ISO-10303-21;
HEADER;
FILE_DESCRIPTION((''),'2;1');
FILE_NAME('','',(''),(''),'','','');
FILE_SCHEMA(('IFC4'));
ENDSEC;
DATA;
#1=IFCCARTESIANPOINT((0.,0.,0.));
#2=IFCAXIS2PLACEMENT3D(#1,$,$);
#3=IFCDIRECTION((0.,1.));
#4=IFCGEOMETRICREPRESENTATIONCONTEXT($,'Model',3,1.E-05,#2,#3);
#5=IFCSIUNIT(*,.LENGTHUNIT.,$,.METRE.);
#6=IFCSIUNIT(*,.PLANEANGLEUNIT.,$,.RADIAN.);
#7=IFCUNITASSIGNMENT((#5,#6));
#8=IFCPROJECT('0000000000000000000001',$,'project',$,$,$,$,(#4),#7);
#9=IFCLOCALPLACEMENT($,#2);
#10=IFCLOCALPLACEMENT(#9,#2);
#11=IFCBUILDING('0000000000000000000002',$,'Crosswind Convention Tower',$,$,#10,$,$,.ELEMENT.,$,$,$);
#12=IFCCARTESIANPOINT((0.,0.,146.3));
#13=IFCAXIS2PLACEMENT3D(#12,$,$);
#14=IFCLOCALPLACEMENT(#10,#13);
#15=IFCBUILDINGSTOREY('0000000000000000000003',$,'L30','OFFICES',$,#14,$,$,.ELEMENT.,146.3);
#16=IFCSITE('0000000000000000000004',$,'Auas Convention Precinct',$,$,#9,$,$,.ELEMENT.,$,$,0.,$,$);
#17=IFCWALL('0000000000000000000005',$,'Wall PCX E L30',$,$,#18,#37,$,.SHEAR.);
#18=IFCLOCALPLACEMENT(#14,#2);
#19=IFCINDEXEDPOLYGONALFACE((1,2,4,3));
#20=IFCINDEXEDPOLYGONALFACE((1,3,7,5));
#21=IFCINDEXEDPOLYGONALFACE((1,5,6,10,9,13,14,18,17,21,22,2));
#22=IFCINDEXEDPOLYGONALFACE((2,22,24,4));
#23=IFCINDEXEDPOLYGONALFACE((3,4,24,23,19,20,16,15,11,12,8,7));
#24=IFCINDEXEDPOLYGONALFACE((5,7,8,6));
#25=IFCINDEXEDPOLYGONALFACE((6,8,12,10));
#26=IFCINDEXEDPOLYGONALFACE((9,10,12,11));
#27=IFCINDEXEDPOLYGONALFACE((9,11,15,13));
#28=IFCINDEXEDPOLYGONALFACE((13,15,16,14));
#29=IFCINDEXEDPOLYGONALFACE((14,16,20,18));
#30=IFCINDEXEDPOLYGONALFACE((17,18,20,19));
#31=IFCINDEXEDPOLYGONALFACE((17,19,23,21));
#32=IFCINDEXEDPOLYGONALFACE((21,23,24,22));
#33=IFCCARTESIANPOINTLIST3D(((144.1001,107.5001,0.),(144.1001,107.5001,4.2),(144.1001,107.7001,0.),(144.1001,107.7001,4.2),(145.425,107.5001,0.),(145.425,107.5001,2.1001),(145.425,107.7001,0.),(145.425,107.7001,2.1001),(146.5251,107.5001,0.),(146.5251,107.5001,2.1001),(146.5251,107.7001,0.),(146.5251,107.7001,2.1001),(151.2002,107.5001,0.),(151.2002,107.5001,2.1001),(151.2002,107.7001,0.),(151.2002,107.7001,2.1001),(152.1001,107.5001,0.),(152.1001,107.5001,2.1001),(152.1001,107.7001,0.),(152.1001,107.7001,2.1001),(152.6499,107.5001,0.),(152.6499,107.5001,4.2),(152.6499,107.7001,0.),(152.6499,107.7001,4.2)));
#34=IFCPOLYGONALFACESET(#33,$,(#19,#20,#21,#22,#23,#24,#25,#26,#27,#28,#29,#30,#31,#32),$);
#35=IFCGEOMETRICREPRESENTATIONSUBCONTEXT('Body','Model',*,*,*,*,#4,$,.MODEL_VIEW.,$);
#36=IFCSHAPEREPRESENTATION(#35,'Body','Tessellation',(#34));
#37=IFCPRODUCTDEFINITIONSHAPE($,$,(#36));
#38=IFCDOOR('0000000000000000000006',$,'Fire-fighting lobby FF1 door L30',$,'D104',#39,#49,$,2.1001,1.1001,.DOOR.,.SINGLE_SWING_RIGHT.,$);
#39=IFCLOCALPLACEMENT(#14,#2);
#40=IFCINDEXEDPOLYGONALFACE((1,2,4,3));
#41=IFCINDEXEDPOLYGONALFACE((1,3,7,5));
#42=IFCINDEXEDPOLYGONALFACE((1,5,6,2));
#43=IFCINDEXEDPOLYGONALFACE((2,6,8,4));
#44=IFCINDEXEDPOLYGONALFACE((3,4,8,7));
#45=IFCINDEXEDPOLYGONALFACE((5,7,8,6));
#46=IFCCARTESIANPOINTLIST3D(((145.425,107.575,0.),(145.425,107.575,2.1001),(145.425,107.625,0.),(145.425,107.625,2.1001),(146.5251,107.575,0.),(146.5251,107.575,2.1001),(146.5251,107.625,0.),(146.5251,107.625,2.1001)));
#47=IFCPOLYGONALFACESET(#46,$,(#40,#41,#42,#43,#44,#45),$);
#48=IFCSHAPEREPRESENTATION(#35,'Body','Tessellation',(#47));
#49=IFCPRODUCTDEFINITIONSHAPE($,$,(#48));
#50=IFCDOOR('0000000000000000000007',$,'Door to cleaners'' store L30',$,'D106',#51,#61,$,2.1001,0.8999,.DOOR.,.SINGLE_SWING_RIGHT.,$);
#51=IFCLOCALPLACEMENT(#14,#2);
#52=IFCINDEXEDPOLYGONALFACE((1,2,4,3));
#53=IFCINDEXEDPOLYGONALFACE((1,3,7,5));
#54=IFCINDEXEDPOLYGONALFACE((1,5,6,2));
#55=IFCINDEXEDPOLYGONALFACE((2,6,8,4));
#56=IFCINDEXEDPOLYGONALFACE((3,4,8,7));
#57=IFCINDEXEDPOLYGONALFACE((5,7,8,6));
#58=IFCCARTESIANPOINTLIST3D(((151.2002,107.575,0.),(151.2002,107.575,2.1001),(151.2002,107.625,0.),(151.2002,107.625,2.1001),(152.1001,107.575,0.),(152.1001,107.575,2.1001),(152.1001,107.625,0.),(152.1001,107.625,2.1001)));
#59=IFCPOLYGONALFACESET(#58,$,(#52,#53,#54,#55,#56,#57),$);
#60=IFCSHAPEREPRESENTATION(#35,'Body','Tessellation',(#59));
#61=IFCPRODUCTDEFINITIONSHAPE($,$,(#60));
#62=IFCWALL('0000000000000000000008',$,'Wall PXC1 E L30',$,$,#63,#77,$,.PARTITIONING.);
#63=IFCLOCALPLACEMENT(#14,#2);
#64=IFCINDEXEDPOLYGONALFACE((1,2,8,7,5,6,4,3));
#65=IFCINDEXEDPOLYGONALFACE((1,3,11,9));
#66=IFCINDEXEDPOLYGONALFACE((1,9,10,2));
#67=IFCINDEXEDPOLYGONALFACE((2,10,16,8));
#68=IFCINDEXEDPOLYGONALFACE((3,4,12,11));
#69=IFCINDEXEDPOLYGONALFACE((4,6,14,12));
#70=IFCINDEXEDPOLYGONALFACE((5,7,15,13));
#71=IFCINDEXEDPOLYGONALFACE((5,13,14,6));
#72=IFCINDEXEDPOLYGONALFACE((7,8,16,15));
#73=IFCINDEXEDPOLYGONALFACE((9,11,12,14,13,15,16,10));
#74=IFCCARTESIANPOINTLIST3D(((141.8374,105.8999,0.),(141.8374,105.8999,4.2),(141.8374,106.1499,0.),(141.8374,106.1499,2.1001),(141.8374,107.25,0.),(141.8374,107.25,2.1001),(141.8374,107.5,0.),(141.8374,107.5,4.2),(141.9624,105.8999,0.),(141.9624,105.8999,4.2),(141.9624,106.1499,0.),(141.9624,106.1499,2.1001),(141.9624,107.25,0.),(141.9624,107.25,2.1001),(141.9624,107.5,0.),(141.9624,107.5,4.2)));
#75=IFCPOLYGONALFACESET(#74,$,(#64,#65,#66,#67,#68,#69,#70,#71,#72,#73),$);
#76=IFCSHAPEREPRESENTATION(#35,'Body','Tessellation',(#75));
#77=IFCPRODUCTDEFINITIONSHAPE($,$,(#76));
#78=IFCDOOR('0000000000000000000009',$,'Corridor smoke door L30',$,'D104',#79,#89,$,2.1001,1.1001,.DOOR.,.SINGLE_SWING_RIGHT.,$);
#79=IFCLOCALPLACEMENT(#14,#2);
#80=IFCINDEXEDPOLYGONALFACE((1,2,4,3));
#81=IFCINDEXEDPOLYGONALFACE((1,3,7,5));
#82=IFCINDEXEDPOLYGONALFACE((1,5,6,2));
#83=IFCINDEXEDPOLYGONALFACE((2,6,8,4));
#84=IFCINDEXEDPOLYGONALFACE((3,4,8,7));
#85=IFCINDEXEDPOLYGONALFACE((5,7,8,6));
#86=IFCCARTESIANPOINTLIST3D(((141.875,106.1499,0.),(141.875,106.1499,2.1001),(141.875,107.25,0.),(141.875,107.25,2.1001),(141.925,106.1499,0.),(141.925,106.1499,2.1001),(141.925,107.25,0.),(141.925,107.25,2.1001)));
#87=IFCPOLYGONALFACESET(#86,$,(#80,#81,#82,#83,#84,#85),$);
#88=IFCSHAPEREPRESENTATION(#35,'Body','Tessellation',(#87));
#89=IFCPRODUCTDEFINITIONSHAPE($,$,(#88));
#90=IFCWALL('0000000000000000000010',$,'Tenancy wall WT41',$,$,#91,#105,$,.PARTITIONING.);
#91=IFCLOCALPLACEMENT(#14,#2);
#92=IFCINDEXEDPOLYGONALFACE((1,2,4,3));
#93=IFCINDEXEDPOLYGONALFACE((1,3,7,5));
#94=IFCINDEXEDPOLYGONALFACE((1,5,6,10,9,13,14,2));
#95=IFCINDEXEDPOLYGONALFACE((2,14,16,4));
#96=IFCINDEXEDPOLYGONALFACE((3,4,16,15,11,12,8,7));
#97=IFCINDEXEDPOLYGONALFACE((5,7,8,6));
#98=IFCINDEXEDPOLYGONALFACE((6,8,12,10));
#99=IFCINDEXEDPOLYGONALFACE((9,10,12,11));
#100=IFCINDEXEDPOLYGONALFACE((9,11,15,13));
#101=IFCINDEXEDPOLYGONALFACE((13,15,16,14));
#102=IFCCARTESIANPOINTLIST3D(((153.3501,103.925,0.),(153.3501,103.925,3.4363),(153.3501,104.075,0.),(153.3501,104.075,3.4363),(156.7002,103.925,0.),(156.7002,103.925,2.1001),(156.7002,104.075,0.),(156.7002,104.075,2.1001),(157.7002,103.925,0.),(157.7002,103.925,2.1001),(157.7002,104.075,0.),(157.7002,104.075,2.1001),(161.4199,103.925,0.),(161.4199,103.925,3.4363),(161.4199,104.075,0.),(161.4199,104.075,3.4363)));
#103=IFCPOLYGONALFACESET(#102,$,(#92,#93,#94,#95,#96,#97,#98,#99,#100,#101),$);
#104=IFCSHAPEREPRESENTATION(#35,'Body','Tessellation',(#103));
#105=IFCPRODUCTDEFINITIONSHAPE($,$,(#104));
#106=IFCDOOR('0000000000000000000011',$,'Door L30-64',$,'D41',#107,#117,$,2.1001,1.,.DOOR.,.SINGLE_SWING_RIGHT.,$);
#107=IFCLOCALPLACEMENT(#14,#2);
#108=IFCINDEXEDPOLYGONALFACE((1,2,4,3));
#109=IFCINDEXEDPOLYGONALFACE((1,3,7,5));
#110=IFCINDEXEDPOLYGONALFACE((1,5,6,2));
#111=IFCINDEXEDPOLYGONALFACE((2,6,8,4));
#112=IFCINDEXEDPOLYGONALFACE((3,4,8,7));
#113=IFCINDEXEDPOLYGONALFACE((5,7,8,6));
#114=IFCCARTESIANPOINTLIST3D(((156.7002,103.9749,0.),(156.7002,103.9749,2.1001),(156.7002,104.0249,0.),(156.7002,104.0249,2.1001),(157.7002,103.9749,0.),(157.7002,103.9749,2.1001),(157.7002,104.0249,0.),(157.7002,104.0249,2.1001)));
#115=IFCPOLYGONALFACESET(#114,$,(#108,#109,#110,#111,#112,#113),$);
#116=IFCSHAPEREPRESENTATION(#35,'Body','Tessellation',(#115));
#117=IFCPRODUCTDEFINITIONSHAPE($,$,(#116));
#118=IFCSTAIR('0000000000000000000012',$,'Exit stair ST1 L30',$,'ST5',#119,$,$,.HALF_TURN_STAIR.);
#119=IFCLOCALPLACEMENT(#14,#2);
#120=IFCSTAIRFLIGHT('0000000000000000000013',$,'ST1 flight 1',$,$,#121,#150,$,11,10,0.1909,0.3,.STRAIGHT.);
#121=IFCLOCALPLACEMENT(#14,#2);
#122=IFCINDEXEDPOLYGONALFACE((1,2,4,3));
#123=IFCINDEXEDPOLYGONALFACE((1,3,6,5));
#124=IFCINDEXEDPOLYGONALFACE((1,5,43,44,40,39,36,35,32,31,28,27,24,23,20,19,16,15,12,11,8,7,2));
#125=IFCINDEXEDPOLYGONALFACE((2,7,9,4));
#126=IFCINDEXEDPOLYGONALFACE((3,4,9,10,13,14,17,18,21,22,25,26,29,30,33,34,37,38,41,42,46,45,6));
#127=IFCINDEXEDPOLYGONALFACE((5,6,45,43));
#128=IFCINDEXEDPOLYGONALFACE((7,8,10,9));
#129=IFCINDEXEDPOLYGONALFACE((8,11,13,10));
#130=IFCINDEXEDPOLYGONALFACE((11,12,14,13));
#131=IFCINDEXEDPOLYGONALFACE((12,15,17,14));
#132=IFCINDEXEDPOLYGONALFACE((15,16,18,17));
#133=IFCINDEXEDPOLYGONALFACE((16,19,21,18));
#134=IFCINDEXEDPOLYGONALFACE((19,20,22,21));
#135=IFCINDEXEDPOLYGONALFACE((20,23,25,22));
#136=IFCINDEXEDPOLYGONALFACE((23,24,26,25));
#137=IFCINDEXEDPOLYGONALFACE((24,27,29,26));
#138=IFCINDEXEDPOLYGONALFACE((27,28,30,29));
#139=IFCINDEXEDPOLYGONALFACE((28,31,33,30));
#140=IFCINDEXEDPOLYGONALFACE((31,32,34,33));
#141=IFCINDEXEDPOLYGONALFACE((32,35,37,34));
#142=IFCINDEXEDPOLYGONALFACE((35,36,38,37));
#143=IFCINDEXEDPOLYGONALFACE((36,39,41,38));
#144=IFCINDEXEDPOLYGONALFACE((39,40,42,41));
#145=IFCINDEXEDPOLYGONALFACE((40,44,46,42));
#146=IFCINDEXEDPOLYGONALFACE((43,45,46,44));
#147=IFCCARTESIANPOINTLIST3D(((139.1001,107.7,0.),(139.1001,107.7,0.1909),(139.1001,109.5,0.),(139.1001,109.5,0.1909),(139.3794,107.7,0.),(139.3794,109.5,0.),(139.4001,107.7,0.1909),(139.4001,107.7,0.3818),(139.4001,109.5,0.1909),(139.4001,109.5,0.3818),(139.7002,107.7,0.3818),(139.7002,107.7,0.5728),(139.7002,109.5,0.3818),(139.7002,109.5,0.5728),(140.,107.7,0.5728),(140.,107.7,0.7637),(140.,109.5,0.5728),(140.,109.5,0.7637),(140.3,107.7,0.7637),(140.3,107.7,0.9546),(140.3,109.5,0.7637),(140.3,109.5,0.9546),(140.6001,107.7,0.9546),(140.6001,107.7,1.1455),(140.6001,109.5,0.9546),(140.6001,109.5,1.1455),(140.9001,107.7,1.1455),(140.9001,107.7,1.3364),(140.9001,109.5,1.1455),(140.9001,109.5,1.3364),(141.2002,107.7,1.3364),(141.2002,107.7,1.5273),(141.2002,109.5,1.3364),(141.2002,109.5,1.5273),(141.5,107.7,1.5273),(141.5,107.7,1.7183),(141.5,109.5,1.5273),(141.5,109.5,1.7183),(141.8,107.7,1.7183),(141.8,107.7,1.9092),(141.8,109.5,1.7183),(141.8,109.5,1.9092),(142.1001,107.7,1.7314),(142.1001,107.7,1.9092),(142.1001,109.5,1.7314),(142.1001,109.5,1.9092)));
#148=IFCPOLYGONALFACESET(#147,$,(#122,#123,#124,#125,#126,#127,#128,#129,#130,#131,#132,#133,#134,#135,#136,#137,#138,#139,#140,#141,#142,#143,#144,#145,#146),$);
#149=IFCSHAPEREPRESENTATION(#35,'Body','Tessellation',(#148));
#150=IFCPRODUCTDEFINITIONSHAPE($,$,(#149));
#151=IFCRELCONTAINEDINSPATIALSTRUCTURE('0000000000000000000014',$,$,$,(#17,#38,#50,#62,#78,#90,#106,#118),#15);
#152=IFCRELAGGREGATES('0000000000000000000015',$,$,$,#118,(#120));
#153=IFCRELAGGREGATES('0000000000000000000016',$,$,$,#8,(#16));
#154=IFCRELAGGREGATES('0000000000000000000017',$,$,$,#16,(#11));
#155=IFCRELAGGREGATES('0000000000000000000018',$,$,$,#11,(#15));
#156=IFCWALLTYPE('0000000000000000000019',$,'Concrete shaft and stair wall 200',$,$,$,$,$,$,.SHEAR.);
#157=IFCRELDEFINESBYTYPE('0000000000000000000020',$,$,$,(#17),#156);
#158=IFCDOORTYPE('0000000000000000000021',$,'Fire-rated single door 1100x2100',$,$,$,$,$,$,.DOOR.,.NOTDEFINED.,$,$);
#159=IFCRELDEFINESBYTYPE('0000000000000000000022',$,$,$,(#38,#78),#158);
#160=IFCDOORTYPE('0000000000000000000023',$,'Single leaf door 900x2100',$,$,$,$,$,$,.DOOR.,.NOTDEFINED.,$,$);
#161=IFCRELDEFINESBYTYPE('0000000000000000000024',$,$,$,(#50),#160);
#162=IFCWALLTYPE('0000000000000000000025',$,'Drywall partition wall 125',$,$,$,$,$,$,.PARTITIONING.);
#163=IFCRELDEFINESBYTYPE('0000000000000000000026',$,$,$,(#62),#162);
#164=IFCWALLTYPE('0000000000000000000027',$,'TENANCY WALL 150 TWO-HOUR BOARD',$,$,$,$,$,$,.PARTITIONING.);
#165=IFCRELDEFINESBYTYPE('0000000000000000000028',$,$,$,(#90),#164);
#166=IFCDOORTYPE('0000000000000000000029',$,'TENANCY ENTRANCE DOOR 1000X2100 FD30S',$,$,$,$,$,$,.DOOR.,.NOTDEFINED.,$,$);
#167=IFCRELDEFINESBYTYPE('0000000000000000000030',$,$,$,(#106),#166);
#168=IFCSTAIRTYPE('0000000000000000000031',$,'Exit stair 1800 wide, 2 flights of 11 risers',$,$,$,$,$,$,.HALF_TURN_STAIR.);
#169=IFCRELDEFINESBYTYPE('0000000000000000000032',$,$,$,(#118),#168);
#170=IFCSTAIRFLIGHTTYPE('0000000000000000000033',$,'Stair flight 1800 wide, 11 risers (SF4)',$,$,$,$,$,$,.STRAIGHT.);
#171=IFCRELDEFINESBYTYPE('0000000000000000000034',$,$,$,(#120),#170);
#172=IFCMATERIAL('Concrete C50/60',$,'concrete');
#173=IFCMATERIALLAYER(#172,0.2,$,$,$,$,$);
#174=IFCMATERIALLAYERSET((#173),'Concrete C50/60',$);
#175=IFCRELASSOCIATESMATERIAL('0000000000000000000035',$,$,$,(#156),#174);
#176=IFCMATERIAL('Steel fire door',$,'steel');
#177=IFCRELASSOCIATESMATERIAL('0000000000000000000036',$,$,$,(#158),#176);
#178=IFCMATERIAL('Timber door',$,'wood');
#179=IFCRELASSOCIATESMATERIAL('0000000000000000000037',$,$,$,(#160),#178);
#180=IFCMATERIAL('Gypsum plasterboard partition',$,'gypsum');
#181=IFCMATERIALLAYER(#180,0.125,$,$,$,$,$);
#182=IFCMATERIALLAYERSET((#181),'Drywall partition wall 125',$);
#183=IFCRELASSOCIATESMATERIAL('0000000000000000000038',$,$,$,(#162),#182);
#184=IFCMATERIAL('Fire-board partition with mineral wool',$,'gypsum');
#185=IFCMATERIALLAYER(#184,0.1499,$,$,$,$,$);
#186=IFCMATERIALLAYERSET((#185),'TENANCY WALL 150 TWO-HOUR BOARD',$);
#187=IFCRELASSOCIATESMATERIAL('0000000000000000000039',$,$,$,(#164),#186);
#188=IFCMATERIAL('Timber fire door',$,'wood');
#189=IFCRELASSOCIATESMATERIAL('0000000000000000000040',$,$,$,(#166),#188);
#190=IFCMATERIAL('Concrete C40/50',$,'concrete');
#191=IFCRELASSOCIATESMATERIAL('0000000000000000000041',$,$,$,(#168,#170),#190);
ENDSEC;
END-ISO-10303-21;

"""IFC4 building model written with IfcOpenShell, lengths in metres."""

from ifc_helpers import new_model, si_unit, direction, frame, frame_2d, origin, place, context, subcontext, project, spatial, polyline, rectangle, outline, extrude, material, layer, layer_set, type_object, element, fill, aggregate, save


model = new_model("IFC4")

# Units and contexts
model_context = context("Model", 3, precision=1e-05, world=origin(), true_north=direction((0.0, 1.0)))
body_context = subcontext(model_context, "Body", "Model", "MODEL_VIEW")
ifc_project = project(units=[si_unit("LENGTHUNIT", "METRE"), si_unit("PLANEANGLEUNIT", "RADIAN")], contexts=[model_context])

# Site, building, storey
site_placement = place(None, origin())
site = spatial("IfcSite", under=ifc_project, at=site_placement, Name="Auas Convention Precinct", CompositionType="ELEMENT", RefElevation=0.0)
building_placement = place(site_placement, origin())
building = spatial("IfcBuilding", under=site, at=building_placement, Name="Crosswind Convention Tower", CompositionType="ELEMENT")
storey_placement = place(building_placement, frame((0.0, 0.0, 146.3)))
storey = spatial("IfcBuildingStorey", under=building, at=storey_placement, Name="L30", Description="OFFICES", CompositionType="ELEMENT", Elevation=146.3)

# Shared definitions
ifc_material_1 = material(Name="Concrete C50/60", Category="concrete")
ifc_layer_1 = layer(ifc_material_1, 0.2)
ifc_layer_set_1 = layer_set([ifc_layer_1], Name="Concrete C50/60")
wall_type_1 = type_object("IfcWallType", Name="Concrete shaft and stair wall 200", PredefinedType="SHEAR", material=ifc_layer_set_1)

# Wall, openings, doors
wall_1_placement = place(storey_placement, frame((144.1001, 107.6001, 0.0), z_axis=(0.0, 0.0, 1.0), x_axis=(1.0, 0.0, 0.0)))
wall_1 = element("IfcWall", 1, at=wall_1_placement, inside=storey, type_object=wall_type_1, Name="Wall PCX E L30", PredefinedType="SHEAR", context=body_context, shape_type="SweptSolid", body=[
    extrude(rectangle(XDim=8.5498, YDim=0.2, at=frame_2d((4.2749, 0.0))), origin(), (0.0, 0.0, 1.0), 4.2),
])
opening_1_placement = place(wall_1_placement, frame((1.325, 0.0, 0.0)))
opening_1 = element("IfcOpeningElement", 2, at=opening_1_placement, cuts=wall_1, PredefinedType="OPENING", context=body_context, shape_type="SweptSolid", body=[
    extrude(rectangle(XDim=1.1001, YDim=2.1001, at=frame_2d((0.55, 1.05))), frame((0.0, 0.1099, 0.0), z_axis=(0.0, -1.0, 0.0), x_axis=(1.0, 0.0, 0.0)), (0.0, 0.0, 1.0), 0.22),
])
opening_2_placement = place(wall_1_placement, frame((7.1001, 0.0, 0.0)))
opening_2 = element("IfcOpeningElement", 3, at=opening_2_placement, cuts=wall_1, PredefinedType="OPENING", context=body_context, shape_type="SweptSolid", body=[
    extrude(rectangle(XDim=0.8999, YDim=2.1001, at=frame_2d((0.45, 1.05))), frame((0.0, 0.1099, 0.0), z_axis=(0.0, -1.0, 0.0), x_axis=(1.0, 0.0, 0.0)), (0.0, 0.0, 1.0), 0.22),
])
ifc_material_2 = material(Name="Steel fire door", Category="steel")
door_type_1 = type_object("IfcDoorType", Name="Fire-rated single door 1100x2100", OperationType="NOTDEFINED", PredefinedType="DOOR", material=ifc_material_2)
door_1_placement = place(opening_1_placement, origin())
door_1 = element("IfcDoor", 4, at=door_1_placement, inside=storey, type_object=door_type_1, Name="Fire-fighting lobby FF1 door L30", ObjectType="D104", OperationType="SINGLE_SWING_RIGHT", OverallHeight=2.1001, OverallWidth=1.1001, PredefinedType="DOOR", context=body_context, shape_type="SweptSolid", body=[
    extrude(rectangle(XDim=1.1001, YDim=2.1001, at=frame_2d((0.55, 1.05))), frame((0.0, 0.0249, 0.0), z_axis=(0.0, -1.0, 0.0), x_axis=(1.0, 0.0, 0.0)), (0.0, 0.0, 1.0), 0.05),
])
fill(opening_1, door_1)
ifc_material_3 = material(Name="Timber door", Category="wood")
door_type_2 = type_object("IfcDoorType", Name="Single leaf door 900x2100", OperationType="NOTDEFINED", PredefinedType="DOOR", material=ifc_material_3)
door_2_placement = place(opening_2_placement, origin())
door_2 = element("IfcDoor", 5, at=door_2_placement, inside=storey, type_object=door_type_2, Name="Door to cleaners' store L30", ObjectType="D106", OperationType="SINGLE_SWING_RIGHT", OverallHeight=2.1001, OverallWidth=0.8999, PredefinedType="DOOR", context=body_context, shape_type="SweptSolid", body=[
    extrude(rectangle(XDim=0.8999, YDim=2.1001, at=frame_2d((0.45, 1.05))), frame((0.0, 0.0249, 0.0), z_axis=(0.0, -1.0, 0.0), x_axis=(1.0, 0.0, 0.0)), (0.0, 0.0, 1.0), 0.05),
])
fill(opening_2, door_2)

# Walls, openings, doors
ifc_material_4 = material(Name="Gypsum plasterboard partition", Category="gypsum")
ifc_layer_2 = layer(ifc_material_4, 0.125)
ifc_layer_set_2 = layer_set([ifc_layer_2], Name="Drywall partition wall 125")
wall_type_2 = type_object("IfcWallType", Name="Drywall partition wall 125", PredefinedType="PARTITIONING", material=ifc_layer_set_2)
wall_2_placement = place(storey_placement, frame((141.8999, 105.8999, 0.0), z_axis=(0.0, 0.0, 1.0), x_axis=(0.0, 1.0, 0.0)))
wall_2 = element("IfcWall", 6, at=wall_2_placement, inside=storey, type_object=wall_type_2, Name="Wall PXC1 E L30", PredefinedType="PARTITIONING", context=body_context, shape_type="SweptSolid", body=[
    extrude(rectangle(XDim=1.6001, YDim=0.125, at=frame_2d((0.8, 0.0))), origin(), (0.0, 0.0, 1.0), 4.2),
])
opening_3_placement = place(wall_2_placement, frame((0.25, 0.0, 0.0)))
opening_3 = element("IfcOpeningElement", 7, at=opening_3_placement, cuts=wall_2, PredefinedType="OPENING", context=body_context, shape_type="SweptSolid", body=[
    extrude(rectangle(XDim=1.1001, YDim=2.1001, at=frame_2d((0.55, 1.05))), frame((0.0, 0.0725, 0.0), z_axis=(0.0, -1.0, 0.0), x_axis=(1.0, 0.0, 0.0)), (0.0, 0.0, 1.0), 0.145),
])
door_3_placement = place(opening_3_placement, origin())
door_3 = element("IfcDoor", 8, at=door_3_placement, inside=storey, type_object=door_type_1, Name="Corridor smoke door L30", ObjectType="D104", OperationType="SINGLE_SWING_RIGHT", OverallHeight=2.1001, OverallWidth=1.1001, PredefinedType="DOOR", context=body_context, shape_type="SweptSolid", body=[
    extrude(rectangle(XDim=1.1001, YDim=2.1001, at=frame_2d((0.55, 1.05))), frame((0.0, 0.0249, 0.0), z_axis=(0.0, -1.0, 0.0), x_axis=(1.0, 0.0, 0.0)), (0.0, 0.0, 1.0), 0.05),
])
fill(opening_3, door_3)
ifc_material_5 = material(Name="Fire-board partition with mineral wool", Category="gypsum")
ifc_layer_3 = layer(ifc_material_5, 0.1499)
ifc_layer_set_3 = layer_set([ifc_layer_3], Name="TENANCY WALL 150 TWO-HOUR BOARD")
wall_type_3 = type_object("IfcWallType", Name="TENANCY WALL 150 TWO-HOUR BOARD", PredefinedType="PARTITIONING", material=ifc_layer_set_3)
wall_3_placement = place(storey_placement, frame((153.3501, 104.0, 0.0), z_axis=(0.0, 0.0, 1.0), x_axis=(1.0, 0.0, 0.0)))
wall_3 = element("IfcWall", 9, at=wall_3_placement, inside=storey, type_object=wall_type_3, Name="Tenancy wall WT41", PredefinedType="PARTITIONING", context=body_context, shape_type="SweptSolid", body=[
    extrude(rectangle(XDim=8.0698, YDim=0.1499, at=frame_2d((4.0349, 0.0))), origin(), (0.0, 0.0, 1.0), 3.4363),
])
opening_4_placement = place(wall_3_placement, frame((3.3501, 0.0, 0.0)))
opening_4 = element("IfcOpeningElement", 10, at=opening_4_placement, cuts=wall_3, PredefinedType="OPENING", context=body_context, shape_type="SweptSolid", body=[
    extrude(rectangle(XDim=1.0, YDim=2.1001, at=frame_2d((0.5, 1.05))), frame((0.0, 0.085, 0.0), z_axis=(0.0, -1.0, 0.0), x_axis=(1.0, 0.0, 0.0)), (0.0, 0.0, 1.0), 0.1699),
])
ifc_material_6 = material(Name="Timber fire door", Category="wood")
door_type_3 = type_object("IfcDoorType", Name="TENANCY ENTRANCE DOOR 1000X2100 FD30S", OperationType="NOTDEFINED", PredefinedType="DOOR", material=ifc_material_6)
door_4_placement = place(opening_4_placement, origin())
door_4 = element("IfcDoor", 11, at=door_4_placement, inside=storey, type_object=door_type_3, Name="Door L30-64", ObjectType="D41", OperationType="SINGLE_SWING_RIGHT", OverallHeight=2.1001, OverallWidth=1.0, PredefinedType="DOOR", context=body_context, shape_type="SweptSolid", body=[
    extrude(rectangle(XDim=1.0, YDim=2.1001, at=frame_2d((0.5, 1.05))), frame((0.0, 0.0249, 0.0), z_axis=(0.0, -1.0, 0.0), x_axis=(1.0, 0.0, 0.0)), (0.0, 0.0, 1.0), 0.05),
])
fill(opening_4, door_4)

# Stair, stair flight
ifc_material_7 = material(Name="Concrete C40/50", Category="concrete")
stair_type = type_object("IfcStairType", Name="Exit stair 1800 wide, 2 flights of 11 risers", PredefinedType="HALF_TURN_STAIR", material=ifc_material_7)
stair_placement = place(storey_placement, origin())
stair = element("IfcStair", 12, at=stair_placement, inside=storey, type_object=stair_type, Name="Exit stair ST1 L30", ObjectType="ST5", PredefinedType="HALF_TURN_STAIR")
stair_flight_type = type_object("IfcStairFlightType", Name="Stair flight 1800 wide, 11 risers (SF4)", PredefinedType="STRAIGHT", material=ifc_material_7)
stair_flight_1_placement = place(storey_placement, frame((139.1001, 108.6001, 0.0), z_axis=(0.0, 0.0, 1.0), x_axis=(1.0, 0.0, 0.0)))
stair_flight_1 = element("IfcStairFlight", 13, at=stair_flight_1_placement, type_object=stair_flight_type, Name="ST1 flight 1", NumberOfRisers=11, NumberOfTreads=10, PredefinedType="STRAIGHT", RiserHeight=0.1909, TreadLength=0.3, context=body_context, shape_type="SweptSolid", body=[
    extrude(outline(polyline([(0.0, 0.0), (0.0, 0.1909), (0.3, 0.1909), (0.3, 0.3818), (0.6001, 0.3818), (0.6001, 0.5728), (0.8999, 0.5728), (0.8999, 0.7637), (1.2, 0.7637), (1.2, 0.9546), (1.5, 0.9546), (1.5, 1.1455), (1.8, 1.1455), (1.8, 1.3364), (2.1001, 1.3364), (2.1001, 1.5273), (2.3999, 1.5273), (2.3999, 1.7183), (2.7, 1.7183), (2.7, 1.9092), (3.0, 1.9092), (3.0, 2.1001), (3.0, 1.7314), (0.2793, 0.0), (0.0, 0.0)])), frame((0.0, 0.8999, 0.0), z_axis=(0.0, -1.0, 0.0), x_axis=(1.0, 0.0, 0.0)), (0.0, 0.0, 1.0), 1.8),
])
aggregate(stair, [stair_flight_1])

save(model, "model.ifc")
